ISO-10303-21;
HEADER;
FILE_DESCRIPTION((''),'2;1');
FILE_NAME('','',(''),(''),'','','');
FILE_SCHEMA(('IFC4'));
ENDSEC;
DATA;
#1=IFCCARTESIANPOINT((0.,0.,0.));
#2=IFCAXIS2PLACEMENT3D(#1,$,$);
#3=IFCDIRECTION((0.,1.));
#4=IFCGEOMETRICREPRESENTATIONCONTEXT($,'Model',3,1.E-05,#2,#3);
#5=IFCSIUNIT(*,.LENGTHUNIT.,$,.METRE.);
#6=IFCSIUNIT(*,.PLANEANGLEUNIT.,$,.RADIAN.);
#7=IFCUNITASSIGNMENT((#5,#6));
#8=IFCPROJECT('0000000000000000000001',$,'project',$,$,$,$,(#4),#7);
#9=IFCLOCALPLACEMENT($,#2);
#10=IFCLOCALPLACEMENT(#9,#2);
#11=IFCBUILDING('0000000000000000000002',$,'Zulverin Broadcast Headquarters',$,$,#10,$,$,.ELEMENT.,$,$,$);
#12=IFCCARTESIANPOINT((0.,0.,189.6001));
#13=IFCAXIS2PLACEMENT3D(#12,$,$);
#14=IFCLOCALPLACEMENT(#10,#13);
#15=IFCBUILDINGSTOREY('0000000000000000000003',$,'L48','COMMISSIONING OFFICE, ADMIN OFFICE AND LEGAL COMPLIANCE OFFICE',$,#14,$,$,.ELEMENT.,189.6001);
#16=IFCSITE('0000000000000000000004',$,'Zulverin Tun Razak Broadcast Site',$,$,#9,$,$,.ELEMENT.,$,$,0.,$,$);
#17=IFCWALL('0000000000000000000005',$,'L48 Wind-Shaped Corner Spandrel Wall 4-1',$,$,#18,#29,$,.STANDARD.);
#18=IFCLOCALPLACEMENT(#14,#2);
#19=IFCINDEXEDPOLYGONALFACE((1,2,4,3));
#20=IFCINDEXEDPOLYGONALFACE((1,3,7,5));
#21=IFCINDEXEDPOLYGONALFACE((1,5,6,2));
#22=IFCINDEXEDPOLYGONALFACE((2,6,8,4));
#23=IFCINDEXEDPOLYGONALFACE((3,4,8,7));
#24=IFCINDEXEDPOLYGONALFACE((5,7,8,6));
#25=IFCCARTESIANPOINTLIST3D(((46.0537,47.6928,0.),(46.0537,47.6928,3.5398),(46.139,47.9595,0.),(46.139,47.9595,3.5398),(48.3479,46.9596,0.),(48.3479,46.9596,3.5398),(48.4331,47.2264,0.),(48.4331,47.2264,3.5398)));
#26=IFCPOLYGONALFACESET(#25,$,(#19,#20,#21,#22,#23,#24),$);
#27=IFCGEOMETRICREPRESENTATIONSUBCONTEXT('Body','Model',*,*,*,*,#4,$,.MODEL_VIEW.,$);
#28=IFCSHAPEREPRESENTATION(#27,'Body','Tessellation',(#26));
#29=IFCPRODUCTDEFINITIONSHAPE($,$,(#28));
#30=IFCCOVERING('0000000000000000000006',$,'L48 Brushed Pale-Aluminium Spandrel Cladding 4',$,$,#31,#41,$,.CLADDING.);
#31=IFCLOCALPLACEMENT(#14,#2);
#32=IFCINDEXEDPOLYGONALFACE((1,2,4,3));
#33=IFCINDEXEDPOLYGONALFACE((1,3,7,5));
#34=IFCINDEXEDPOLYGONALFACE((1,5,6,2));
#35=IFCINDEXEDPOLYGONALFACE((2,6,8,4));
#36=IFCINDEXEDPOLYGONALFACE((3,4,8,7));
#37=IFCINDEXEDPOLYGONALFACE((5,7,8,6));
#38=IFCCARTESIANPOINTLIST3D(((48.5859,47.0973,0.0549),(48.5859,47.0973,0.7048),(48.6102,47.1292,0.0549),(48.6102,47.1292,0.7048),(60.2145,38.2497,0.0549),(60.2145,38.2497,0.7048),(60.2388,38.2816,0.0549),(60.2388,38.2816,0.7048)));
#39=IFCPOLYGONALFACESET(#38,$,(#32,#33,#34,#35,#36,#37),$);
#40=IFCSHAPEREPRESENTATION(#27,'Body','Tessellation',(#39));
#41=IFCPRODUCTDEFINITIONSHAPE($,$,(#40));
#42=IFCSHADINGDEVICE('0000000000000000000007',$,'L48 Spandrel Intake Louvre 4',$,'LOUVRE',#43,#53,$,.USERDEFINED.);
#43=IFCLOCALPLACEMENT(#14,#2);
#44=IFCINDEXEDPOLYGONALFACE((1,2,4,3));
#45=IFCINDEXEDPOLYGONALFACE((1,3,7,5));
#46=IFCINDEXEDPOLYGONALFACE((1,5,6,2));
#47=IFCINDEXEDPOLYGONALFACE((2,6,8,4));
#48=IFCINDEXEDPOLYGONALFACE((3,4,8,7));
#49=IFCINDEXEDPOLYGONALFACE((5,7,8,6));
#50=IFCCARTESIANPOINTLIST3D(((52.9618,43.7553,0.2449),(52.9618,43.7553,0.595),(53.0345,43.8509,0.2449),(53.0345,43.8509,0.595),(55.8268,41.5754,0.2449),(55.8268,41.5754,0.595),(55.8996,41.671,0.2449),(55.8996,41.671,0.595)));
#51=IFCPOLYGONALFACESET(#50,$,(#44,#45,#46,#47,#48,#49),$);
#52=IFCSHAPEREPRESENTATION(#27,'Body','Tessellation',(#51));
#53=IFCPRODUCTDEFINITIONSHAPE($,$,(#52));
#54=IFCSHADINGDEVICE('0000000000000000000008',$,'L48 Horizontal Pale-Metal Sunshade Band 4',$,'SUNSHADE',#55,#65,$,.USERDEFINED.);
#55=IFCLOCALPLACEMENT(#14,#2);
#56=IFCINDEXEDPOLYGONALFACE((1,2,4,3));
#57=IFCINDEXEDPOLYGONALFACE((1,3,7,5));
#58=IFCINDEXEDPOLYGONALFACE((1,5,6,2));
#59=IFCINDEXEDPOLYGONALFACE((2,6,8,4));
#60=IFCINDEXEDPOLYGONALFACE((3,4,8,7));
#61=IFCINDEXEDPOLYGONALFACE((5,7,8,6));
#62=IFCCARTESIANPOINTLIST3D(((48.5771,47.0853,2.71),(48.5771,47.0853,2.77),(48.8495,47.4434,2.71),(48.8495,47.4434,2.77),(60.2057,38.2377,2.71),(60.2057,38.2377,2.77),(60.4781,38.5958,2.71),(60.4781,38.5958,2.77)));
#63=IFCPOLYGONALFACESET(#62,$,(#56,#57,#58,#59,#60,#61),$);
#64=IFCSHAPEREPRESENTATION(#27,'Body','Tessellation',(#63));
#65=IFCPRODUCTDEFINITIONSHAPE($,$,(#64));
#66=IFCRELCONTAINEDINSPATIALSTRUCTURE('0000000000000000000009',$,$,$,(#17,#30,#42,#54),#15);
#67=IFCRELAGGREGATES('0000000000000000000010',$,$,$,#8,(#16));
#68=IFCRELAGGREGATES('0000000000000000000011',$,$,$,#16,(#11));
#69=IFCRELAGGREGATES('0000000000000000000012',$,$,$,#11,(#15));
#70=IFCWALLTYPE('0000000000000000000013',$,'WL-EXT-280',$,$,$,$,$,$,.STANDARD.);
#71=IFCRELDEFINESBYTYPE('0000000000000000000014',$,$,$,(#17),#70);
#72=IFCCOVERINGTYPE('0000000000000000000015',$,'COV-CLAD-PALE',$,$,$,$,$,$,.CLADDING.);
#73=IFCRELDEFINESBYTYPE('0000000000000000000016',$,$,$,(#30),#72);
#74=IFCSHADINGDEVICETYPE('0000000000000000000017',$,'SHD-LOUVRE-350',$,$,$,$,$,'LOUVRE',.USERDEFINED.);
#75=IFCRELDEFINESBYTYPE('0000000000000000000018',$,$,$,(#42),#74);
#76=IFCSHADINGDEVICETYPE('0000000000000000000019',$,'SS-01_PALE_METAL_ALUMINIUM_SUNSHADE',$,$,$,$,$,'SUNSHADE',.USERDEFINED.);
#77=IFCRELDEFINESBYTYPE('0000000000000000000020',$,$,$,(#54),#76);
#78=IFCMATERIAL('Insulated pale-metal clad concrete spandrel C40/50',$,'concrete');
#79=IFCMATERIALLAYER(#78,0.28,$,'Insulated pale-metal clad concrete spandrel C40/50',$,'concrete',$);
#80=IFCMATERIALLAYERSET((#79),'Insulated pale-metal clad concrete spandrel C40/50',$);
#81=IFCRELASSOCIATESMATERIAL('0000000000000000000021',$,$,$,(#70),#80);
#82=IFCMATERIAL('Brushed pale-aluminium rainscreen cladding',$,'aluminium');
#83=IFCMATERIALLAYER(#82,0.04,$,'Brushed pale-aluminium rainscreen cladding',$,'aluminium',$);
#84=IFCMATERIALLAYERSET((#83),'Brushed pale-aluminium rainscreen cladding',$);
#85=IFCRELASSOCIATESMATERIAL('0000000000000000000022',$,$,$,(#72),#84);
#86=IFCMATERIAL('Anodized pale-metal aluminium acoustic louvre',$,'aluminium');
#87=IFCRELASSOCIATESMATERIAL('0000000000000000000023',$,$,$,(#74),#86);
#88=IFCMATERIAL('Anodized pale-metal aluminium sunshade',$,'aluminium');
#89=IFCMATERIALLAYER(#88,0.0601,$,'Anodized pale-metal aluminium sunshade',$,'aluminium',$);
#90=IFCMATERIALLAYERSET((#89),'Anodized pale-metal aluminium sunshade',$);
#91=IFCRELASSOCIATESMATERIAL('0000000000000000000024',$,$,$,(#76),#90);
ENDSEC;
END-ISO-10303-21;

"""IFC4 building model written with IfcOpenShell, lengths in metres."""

from ifc_helpers import new_model, si_unit, direction, frame, frame_2d, origin, origin_2d, place, context, subcontext, project, spatial, rectangle, extrude, material, layer, layer_set, type_object, element, save


model = new_model("IFC4")

# Units and contexts
model_context = context("Model", 3, precision=1e-05, world=origin(), true_north=direction((0.0, 1.0)))
body_context = subcontext(model_context, "Body", "Model", "MODEL_VIEW")
ifc_project = project(units=[si_unit("LENGTHUNIT", "METRE"), si_unit("PLANEANGLEUNIT", "RADIAN")], contexts=[model_context])

# Site, building, storey
site_placement = place(None, origin())
site = spatial("IfcSite", under=ifc_project, at=site_placement, Name="Zulverin Tun Razak Broadcast Site", CompositionType="ELEMENT", RefElevation=0.0)
building_placement = place(site_placement, origin())
building = spatial("IfcBuilding", under=site, at=building_placement, Name="Zulverin Broadcast Headquarters", CompositionType="ELEMENT")
storey_placement = place(building_placement, frame((0.0, 0.0, 189.6001)))
storey = spatial("IfcBuildingStorey", under=building, at=storey_placement, Name="L48", Description="COMMISSIONING OFFICE, ADMIN OFFICE AND LEGAL COMPLIANCE OFFICE", CompositionType="ELEMENT", Elevation=189.6001)

# Shared definitions
ifc_material_1 = material(Name="Insulated pale-metal clad concrete spandrel C40/50", Category="concrete")
ifc_layer_1 = layer(ifc_material_1, 0.28, Name="Insulated pale-metal clad concrete spandrel C40/50", Category="concrete")
ifc_layer_set_1 = layer_set([ifc_layer_1], Name="Insulated pale-metal clad concrete spandrel C40/50")
wall_type = type_object("IfcWallType", Name="WL-EXT-280", PredefinedType="STANDARD", material=ifc_layer_set_1)

# Wall
wall_1_placement = place(storey_placement, frame((48.3904, 47.093, 0.0), z_axis=(0.0, 0.0, 1.0), x_axis=(-0.952543, 0.304404, 0.0)))
element("IfcWall", 1, at=wall_1_placement, inside=storey, type_object=wall_type, Name="L48 Wind-Shaped Corner Spandrel Wall 4-1", PredefinedType="STANDARD", context=body_context, shape_type="SweptSolid", body=[
    extrude(rectangle(XDim=2.4084, YDim=0.28, at=frame_2d((1.2041, 0.0))), origin(), (0.0, 0.0, 1.0), 3.5398),
])

# Covering
ifc_material_2 = material(Name="Brushed pale-aluminium rainscreen cladding", Category="aluminium")
ifc_layer_2 = layer(ifc_material_2, 0.04, Name="Brushed pale-aluminium rainscreen cladding", Category="aluminium")
ifc_layer_set_2 = layer_set([ifc_layer_2], Name="Brushed pale-aluminium rainscreen cladding")
covering_type = type_object("IfcCoveringType", Name="COV-CLAD-PALE", PredefinedType="CLADDING", material=ifc_layer_set_2)
covering_placement = place(storey_placement, frame((54.4124, 42.6895, 0.0549), z_axis=(0.0, 0.0, 1.0), x_axis=(-0.795836, 0.605512, 0.0)))
element("IfcCovering", 2, at=covering_placement, inside=storey, type_object=covering_type, Name="L48 Brushed Pale-Aluminium Spandrel Cladding 4", PredefinedType="CLADDING", context=body_context, shape_type="SweptSolid", body=[
    extrude(rectangle(XDim=14.6118, YDim=0.04, at=origin_2d()), origin(), (0.0, 0.0, 1.0), 0.6499),
])

# Shading devices
ifc_material_3 = material(Name="Anodized pale-metal aluminium acoustic louvre", Category="aluminium")
shading_device_type_1 = type_object("IfcShadingDeviceType", Name="SHD-LOUVRE-350", ElementType="LOUVRE", PredefinedType="USERDEFINED", material=ifc_material_3)
shading_device_1_placement = place(storey_placement, frame((54.4307, 42.7131, 0.2449), z_axis=(0.0, 0.0, 1.0), x_axis=(-0.795836, 0.605512, 0.0)))
element("IfcShadingDevice", 3, at=shading_device_1_placement, inside=storey, type_object=shading_device_type_1, Name="L48 Spandrel Intake Louvre 4", ObjectType="LOUVRE", PredefinedType="USERDEFINED", context=body_context, shape_type="SweptSolid", body=[
    extrude(rectangle(XDim=3.6001, YDim=0.1201, at=origin_2d()), origin(), (0.0, 0.0, 1.0), 0.3501),
])
ifc_material_4 = material(Name="Anodized pale-metal aluminium sunshade", Category="aluminium")
ifc_layer_3 = layer(ifc_material_4, 0.0601, Name="Anodized pale-metal aluminium sunshade", Category="aluminium")
ifc_layer_set_3 = layer_set([ifc_layer_3], Name="Anodized pale-metal aluminium sunshade")
shading_device_type_2 = type_object("IfcShadingDeviceType", Name="SS-01_PALE_METAL_ALUMINIUM_SUNSHADE", ElementType="SUNSHADE", PredefinedType="USERDEFINED", material=ifc_layer_set_3)
shading_device_2_placement = place(storey_placement, frame((54.5276, 42.8406, 2.71), z_axis=(0.0, 0.0, 1.0), x_axis=(-0.795836, 0.605512, 0.0)))
element("IfcShadingDevice", 4, at=shading_device_2_placement, inside=storey, type_object=shading_device_type_2, Name="L48 Horizontal Pale-Metal Sunshade Band 4", ObjectType="SUNSHADE", PredefinedType="USERDEFINED", context=body_context, shape_type="SweptSolid", body=[
    extrude(rectangle(XDim=14.6118, YDim=0.45, at=origin_2d()), origin(), (0.0, 0.0, 1.0), 0.0601),
])

save(model, "model.ifc")
